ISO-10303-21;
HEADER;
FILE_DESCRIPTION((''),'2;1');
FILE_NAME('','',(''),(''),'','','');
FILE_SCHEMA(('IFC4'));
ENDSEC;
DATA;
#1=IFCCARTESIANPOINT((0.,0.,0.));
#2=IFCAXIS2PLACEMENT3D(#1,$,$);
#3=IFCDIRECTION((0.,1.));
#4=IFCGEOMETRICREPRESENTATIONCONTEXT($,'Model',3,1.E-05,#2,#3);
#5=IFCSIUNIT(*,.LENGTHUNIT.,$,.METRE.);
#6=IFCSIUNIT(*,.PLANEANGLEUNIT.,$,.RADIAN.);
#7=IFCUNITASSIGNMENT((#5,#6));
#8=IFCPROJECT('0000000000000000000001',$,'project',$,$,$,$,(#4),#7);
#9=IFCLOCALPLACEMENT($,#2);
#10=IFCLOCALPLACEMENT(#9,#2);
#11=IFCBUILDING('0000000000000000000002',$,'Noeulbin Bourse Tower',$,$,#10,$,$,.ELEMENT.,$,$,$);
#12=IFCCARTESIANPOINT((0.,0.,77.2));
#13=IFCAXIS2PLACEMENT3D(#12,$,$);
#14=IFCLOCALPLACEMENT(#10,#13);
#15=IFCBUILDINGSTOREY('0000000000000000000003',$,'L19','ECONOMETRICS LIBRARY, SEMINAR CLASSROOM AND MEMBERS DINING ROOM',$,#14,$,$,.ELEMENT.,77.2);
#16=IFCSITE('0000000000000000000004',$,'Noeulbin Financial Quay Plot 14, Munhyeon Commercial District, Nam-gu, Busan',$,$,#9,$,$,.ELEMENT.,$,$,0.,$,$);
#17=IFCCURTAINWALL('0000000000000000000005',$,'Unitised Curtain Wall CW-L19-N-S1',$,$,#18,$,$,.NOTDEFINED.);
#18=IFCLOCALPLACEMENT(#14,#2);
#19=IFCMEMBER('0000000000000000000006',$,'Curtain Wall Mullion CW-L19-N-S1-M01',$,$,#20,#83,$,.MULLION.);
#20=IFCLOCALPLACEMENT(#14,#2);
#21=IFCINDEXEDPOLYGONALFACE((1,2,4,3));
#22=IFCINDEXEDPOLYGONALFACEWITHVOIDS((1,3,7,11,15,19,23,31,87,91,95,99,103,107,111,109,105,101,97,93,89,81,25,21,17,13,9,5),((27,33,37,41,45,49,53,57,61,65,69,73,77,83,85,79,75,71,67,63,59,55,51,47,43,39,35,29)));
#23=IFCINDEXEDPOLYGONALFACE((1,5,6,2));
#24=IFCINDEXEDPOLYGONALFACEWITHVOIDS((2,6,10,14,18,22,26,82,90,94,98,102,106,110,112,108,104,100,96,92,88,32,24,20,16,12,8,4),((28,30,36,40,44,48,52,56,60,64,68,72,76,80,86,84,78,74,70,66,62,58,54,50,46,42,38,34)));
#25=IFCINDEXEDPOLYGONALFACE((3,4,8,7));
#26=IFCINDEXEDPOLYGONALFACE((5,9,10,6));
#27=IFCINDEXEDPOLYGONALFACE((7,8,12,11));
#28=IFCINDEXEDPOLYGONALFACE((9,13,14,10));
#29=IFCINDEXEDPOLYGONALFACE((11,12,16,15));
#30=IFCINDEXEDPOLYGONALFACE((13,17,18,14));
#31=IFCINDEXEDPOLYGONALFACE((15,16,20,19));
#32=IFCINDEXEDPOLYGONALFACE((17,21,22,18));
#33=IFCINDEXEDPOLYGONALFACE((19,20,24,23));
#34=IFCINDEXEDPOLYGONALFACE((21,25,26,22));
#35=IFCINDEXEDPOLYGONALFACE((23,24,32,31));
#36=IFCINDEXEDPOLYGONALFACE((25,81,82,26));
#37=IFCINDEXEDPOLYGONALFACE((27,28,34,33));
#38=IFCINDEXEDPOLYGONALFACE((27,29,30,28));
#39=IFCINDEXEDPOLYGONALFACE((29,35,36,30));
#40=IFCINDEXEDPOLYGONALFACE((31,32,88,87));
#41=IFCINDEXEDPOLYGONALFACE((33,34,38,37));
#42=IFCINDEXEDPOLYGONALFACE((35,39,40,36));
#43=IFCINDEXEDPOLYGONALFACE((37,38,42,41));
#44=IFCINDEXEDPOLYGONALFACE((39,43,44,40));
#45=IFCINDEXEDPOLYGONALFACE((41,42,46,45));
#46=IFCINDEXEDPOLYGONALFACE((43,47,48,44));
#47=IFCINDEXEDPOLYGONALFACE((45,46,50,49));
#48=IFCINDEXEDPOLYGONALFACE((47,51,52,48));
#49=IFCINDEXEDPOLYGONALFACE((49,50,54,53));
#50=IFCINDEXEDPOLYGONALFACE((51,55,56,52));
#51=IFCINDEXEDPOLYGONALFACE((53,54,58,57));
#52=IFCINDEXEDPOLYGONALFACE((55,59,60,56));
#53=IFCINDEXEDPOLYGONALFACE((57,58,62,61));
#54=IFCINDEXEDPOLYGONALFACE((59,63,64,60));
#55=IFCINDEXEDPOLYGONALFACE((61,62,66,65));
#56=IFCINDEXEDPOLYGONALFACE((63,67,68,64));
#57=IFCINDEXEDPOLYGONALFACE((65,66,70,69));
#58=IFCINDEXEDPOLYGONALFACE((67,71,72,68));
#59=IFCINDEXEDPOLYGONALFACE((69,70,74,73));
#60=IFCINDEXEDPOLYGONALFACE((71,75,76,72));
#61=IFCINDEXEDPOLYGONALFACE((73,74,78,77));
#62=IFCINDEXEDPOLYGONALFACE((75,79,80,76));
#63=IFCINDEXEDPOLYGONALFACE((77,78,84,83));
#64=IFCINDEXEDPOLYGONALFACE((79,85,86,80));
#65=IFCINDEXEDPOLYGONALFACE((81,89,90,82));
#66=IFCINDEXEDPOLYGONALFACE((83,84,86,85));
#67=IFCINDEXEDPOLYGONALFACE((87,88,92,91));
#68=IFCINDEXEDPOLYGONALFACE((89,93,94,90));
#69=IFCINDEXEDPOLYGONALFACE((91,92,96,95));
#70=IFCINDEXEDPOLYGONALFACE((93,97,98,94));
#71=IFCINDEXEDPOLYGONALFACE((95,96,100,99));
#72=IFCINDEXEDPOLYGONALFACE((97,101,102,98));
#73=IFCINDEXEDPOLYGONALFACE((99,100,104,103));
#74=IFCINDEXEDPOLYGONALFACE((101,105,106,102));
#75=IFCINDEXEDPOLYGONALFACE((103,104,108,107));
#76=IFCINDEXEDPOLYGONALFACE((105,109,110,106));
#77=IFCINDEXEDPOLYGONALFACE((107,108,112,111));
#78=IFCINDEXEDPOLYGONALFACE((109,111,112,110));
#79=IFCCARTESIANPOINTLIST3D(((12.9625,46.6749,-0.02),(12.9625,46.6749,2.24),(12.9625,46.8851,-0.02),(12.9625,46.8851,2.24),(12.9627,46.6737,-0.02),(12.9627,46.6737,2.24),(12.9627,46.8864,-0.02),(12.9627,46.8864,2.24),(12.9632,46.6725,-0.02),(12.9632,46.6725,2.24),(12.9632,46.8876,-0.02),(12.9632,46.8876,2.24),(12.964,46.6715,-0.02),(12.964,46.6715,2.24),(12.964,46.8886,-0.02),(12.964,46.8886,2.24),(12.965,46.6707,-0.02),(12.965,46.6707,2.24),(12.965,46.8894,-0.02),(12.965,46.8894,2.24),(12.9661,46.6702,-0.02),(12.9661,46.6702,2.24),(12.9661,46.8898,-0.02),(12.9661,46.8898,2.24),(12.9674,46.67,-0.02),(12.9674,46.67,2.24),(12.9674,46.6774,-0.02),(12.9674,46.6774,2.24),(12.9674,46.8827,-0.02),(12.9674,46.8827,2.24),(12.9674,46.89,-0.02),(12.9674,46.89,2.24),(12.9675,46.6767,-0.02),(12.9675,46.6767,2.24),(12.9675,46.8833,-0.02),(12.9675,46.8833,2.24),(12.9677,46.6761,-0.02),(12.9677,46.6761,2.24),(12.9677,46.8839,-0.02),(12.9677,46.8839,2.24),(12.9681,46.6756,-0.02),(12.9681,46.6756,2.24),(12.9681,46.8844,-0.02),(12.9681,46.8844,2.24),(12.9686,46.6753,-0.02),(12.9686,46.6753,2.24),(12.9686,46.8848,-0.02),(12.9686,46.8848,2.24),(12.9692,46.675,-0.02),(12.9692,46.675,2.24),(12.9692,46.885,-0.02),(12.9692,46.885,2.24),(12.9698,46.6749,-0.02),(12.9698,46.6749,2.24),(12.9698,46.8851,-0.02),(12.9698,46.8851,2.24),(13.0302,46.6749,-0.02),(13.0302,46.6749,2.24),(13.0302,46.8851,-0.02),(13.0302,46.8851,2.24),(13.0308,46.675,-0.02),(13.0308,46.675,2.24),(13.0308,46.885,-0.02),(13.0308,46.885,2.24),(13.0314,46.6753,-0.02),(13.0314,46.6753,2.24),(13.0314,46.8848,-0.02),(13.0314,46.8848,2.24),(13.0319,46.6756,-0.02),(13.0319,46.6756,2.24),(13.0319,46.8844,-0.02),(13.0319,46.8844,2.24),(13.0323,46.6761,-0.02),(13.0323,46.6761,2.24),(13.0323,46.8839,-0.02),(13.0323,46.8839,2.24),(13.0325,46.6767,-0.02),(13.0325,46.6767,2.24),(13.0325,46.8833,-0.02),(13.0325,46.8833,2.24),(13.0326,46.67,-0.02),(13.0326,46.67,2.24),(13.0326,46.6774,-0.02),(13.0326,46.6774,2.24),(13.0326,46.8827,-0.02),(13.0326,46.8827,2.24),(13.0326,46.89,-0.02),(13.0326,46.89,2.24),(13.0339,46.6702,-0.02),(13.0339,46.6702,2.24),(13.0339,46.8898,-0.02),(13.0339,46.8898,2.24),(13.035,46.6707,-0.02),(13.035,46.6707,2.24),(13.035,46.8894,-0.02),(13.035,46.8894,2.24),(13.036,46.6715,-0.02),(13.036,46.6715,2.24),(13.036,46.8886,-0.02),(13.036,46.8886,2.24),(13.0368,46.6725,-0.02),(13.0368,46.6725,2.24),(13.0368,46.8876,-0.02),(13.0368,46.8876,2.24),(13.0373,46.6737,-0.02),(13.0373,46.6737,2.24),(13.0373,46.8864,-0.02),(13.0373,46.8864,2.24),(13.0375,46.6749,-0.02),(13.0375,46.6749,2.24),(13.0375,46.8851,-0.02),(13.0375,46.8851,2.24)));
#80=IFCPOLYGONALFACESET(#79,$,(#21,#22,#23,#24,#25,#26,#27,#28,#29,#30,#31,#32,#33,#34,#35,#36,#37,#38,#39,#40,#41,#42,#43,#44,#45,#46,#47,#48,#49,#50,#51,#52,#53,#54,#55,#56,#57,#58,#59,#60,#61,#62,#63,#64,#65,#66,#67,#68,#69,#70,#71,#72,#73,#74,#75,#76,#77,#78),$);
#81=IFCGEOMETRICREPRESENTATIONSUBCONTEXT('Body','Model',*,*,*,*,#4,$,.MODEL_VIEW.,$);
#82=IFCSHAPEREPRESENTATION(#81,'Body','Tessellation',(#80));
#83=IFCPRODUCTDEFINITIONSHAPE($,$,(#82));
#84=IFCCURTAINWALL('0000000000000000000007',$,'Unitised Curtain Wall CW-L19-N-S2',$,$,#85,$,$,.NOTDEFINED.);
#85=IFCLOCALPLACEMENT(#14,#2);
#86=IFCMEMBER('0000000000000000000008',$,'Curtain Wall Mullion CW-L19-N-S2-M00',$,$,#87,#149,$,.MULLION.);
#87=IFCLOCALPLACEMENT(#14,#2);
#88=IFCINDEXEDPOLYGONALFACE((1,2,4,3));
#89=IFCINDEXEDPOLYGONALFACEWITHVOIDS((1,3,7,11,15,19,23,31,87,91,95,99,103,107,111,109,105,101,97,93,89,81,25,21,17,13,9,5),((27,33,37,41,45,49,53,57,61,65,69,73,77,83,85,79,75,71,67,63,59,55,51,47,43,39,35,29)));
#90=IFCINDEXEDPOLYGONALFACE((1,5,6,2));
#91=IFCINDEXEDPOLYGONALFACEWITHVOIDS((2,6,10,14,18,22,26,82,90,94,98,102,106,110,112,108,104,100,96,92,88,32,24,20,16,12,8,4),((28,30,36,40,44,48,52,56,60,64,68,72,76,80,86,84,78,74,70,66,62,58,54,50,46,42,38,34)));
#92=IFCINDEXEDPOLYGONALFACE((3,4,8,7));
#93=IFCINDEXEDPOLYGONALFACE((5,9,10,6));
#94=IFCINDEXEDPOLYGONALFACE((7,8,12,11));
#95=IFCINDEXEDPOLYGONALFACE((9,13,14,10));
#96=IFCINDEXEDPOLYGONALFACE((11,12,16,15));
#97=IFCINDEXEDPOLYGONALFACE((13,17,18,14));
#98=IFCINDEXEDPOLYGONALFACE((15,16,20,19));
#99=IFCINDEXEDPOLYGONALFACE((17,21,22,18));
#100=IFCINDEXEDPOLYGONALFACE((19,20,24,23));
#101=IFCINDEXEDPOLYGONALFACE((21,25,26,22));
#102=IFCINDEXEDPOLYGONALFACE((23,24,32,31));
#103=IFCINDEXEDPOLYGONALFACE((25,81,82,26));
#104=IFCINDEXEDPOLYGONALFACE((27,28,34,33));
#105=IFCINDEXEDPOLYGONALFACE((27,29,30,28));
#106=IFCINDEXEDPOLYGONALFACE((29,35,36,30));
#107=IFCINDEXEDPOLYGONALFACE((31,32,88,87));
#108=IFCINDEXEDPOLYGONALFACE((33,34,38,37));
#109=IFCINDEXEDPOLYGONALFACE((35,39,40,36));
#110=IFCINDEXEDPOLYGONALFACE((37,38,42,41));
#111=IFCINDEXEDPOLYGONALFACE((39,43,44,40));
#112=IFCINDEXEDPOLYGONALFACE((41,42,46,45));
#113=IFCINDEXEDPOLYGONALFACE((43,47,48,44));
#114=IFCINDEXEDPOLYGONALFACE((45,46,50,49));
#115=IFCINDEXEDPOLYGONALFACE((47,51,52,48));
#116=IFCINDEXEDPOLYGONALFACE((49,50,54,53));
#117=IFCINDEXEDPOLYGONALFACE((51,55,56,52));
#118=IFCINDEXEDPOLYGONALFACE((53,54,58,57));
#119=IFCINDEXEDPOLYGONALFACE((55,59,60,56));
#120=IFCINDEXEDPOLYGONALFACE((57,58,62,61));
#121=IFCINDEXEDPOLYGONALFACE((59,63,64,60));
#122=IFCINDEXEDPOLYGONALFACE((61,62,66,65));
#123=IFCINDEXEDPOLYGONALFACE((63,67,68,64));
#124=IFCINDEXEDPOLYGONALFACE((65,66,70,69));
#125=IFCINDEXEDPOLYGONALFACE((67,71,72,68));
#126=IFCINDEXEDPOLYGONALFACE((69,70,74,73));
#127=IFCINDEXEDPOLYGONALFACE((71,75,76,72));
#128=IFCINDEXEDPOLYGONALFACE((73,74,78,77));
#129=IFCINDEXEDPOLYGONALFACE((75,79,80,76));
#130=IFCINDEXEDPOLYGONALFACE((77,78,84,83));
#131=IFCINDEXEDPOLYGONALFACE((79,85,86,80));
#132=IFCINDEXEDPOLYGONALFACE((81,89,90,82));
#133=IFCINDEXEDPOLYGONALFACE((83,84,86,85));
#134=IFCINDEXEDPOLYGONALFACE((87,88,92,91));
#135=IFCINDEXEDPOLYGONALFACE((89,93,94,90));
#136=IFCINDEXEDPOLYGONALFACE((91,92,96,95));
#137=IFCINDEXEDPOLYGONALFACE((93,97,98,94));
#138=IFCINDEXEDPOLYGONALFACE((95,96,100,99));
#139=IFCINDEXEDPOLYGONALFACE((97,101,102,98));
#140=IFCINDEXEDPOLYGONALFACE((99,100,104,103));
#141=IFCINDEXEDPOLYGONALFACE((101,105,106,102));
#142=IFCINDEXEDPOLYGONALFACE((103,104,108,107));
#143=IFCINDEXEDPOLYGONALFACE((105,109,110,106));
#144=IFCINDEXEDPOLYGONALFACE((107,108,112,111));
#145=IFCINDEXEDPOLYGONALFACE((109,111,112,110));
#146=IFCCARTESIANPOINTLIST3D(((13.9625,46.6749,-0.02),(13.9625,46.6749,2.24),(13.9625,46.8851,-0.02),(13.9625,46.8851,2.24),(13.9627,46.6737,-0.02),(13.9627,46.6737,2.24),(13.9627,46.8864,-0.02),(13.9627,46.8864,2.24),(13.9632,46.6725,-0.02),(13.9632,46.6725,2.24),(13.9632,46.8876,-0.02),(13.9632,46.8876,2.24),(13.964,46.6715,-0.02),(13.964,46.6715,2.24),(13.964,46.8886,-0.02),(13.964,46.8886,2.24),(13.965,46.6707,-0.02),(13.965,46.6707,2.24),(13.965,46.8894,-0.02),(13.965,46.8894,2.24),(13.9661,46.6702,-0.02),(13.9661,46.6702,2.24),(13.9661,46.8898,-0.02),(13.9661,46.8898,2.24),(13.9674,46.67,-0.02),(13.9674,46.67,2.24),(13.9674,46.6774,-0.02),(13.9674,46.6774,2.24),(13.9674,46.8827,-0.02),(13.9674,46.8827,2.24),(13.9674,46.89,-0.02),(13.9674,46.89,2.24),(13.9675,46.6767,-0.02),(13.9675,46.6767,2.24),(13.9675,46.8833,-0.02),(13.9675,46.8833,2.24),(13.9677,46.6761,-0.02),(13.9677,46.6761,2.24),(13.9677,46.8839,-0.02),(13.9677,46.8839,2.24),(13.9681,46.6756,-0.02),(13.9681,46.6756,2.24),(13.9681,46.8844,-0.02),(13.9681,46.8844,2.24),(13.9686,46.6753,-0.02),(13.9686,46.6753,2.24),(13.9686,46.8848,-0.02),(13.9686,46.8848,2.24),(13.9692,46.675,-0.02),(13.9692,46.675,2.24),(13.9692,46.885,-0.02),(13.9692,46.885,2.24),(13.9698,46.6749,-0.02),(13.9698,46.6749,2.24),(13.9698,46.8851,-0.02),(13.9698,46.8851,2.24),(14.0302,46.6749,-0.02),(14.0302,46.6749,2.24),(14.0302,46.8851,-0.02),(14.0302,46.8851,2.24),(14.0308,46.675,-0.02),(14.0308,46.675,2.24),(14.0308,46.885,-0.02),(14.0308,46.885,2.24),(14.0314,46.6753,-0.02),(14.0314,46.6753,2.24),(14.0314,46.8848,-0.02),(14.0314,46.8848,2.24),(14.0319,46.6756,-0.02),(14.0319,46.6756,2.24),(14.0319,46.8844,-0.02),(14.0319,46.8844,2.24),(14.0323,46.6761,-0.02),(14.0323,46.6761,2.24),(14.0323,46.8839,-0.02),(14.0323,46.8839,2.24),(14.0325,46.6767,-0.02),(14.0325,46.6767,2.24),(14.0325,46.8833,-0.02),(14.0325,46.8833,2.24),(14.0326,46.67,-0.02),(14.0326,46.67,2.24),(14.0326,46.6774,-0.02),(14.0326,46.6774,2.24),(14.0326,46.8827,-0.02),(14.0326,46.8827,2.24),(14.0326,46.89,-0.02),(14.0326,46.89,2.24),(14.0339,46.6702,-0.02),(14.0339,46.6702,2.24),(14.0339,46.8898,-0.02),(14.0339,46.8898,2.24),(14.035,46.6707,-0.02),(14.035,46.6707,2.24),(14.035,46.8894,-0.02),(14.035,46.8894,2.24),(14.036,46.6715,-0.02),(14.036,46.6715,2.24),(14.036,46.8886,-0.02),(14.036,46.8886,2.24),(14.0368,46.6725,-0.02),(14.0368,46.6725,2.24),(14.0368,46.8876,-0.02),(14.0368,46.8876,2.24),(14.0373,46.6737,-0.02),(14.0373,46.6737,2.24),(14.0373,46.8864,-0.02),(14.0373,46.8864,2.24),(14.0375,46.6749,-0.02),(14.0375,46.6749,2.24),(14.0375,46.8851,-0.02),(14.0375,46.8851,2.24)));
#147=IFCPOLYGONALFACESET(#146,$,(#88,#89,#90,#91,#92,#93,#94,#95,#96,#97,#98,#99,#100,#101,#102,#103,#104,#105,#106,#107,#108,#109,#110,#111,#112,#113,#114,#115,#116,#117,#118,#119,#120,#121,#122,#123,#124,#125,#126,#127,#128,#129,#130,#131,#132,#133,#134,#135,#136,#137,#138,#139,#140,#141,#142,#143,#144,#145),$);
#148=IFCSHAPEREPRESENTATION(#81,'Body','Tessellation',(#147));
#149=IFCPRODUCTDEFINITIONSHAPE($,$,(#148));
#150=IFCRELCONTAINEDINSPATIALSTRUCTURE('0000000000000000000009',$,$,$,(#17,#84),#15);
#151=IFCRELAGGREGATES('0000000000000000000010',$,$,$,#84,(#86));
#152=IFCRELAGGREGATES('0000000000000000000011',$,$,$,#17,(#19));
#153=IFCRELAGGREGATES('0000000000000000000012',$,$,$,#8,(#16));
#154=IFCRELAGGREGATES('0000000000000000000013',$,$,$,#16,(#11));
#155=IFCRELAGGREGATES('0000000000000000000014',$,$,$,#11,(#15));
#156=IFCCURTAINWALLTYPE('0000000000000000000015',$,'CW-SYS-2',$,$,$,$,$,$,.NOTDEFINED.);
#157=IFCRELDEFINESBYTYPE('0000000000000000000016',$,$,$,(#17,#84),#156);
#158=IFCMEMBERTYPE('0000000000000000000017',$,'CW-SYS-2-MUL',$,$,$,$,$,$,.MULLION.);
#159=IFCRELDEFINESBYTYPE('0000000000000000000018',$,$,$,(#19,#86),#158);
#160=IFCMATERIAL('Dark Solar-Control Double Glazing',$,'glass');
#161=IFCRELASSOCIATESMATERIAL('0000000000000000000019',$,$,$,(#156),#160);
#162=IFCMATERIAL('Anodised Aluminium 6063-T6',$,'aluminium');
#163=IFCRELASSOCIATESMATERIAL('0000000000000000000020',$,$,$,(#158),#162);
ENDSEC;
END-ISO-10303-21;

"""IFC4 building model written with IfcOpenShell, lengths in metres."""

from ifc_helpers import new_model, si_unit, direction, frame, origin, origin_2d, place, context, subcontext, project, spatial, hollow_rectangle, extrude, material, material_profile, profile_set, type_object, element, aggregate, save


model = new_model("IFC4")

# Units and contexts
model_context = context("Model", 3, precision=1e-05, world=origin(), true_north=direction((0.0, 1.0)))
body_context = subcontext(model_context, "Body", "Model", "MODEL_VIEW")
ifc_project = project(units=[si_unit("LENGTHUNIT", "METRE"), si_unit("PLANEANGLEUNIT", "RADIAN")], contexts=[model_context])

# Site, building, storey
site_placement = place(None, origin())
site = spatial("IfcSite", under=ifc_project, at=site_placement, Name="Noeulbin Financial Quay Plot 14, Munhyeon Commercial District, Nam-gu, Busan", CompositionType="ELEMENT", RefElevation=0.0)
building_placement = place(site_placement, origin())
building = spatial("IfcBuilding", under=site, at=building_placement, Name="Noeulbin Bourse Tower", CompositionType="ELEMENT")
storey_placement = place(building_placement, frame((0.0, 0.0, 77.2)))
storey = spatial("IfcBuildingStorey", under=building, at=storey_placement, Name="L19", Description="ECONOMETRICS LIBRARY, SEMINAR CLASSROOM AND MEMBERS DINING ROOM", CompositionType="ELEMENT", Elevation=77.2)

# Curtain wall, member
ifc_material_1 = material(Name="Dark Solar-Control Double Glazing", Category="glass")
curtain_wall_type = type_object("IfcCurtainWallType", Name="CW-SYS-2", PredefinedType="NOTDEFINED", material=ifc_material_1)
curtain_wall_1_placement = place(storey_placement, origin())
curtain_wall_1 = element("IfcCurtainWall", 1, at=curtain_wall_1_placement, inside=storey, type_object=curtain_wall_type, Name="Unitised Curtain Wall CW-L19-N-S1", PredefinedType="NOTDEFINED")
ifc_material_2 = material(Name="Anodised Aluminium 6063-T6", Category="aluminium")
ifc_material_profile_1 = material_profile(ifc_material_2, hollow_rectangle(XDim=0.075, YDim=0.22, WallThickness=0.0049, InnerFilletRadius=0.0024, OuterFilletRadius=0.0049, at=origin_2d()), Name="ALU-MULL-75x220x5", Category="LoadBearing")
ifc_profile_set_1 = profile_set([ifc_material_profile_1], Name="Anodised Aluminium 6063-T6")
member_type_1 = type_object("IfcMemberType", Name="CW-SYS-2-MUL", PredefinedType="MULLION", material=ifc_profile_set_1)
member_1_placement = place(storey_placement, frame((13.0, 46.78, -0.02), z_axis=(0.0, 0.0, 1.0), x_axis=(1.0, 0.0, 0.0)))
member_1 = element("IfcMember", 2, at=member_1_placement, type_object=member_type_1, Name="Curtain Wall Mullion CW-L19-N-S1-M01", PredefinedType="MULLION", context=body_context, shape_type="SweptSolid", body=[
    extrude(hollow_rectangle(XDim=0.075, YDim=0.22, WallThickness=0.0049, InnerFilletRadius=0.0024, OuterFilletRadius=0.0049, at=origin_2d()), origin(), (0.0, 0.0, 1.0), 2.26),
])

# Curtain wall, member
curtain_wall_2_placement = place(storey_placement, origin())
curtain_wall_2 = element("IfcCurtainWall", 3, at=curtain_wall_2_placement, inside=storey, type_object=curtain_wall_type, Name="Unitised Curtain Wall CW-L19-N-S2", PredefinedType="NOTDEFINED")
member_2_placement = place(storey_placement, frame((14.0, 46.78, -0.02), z_axis=(0.0, 0.0, 1.0), x_axis=(1.0, 0.0, 0.0)))
member_2 = element("IfcMember", 4, at=member_2_placement, type_object=member_type_1, Name="Curtain Wall Mullion CW-L19-N-S2-M00", PredefinedType="MULLION", context=body_context, shape_type="SweptSolid", body=[
    extrude(hollow_rectangle(XDim=0.075, YDim=0.22, WallThickness=0.0049, InnerFilletRadius=0.0024, OuterFilletRadius=0.0049, at=origin_2d()), origin(), (0.0, 0.0, 1.0), 2.26),
])

aggregate(curtain_wall_2, [member_2])

aggregate(curtain_wall_1, [member_1])

save(model, "model.ifc")
